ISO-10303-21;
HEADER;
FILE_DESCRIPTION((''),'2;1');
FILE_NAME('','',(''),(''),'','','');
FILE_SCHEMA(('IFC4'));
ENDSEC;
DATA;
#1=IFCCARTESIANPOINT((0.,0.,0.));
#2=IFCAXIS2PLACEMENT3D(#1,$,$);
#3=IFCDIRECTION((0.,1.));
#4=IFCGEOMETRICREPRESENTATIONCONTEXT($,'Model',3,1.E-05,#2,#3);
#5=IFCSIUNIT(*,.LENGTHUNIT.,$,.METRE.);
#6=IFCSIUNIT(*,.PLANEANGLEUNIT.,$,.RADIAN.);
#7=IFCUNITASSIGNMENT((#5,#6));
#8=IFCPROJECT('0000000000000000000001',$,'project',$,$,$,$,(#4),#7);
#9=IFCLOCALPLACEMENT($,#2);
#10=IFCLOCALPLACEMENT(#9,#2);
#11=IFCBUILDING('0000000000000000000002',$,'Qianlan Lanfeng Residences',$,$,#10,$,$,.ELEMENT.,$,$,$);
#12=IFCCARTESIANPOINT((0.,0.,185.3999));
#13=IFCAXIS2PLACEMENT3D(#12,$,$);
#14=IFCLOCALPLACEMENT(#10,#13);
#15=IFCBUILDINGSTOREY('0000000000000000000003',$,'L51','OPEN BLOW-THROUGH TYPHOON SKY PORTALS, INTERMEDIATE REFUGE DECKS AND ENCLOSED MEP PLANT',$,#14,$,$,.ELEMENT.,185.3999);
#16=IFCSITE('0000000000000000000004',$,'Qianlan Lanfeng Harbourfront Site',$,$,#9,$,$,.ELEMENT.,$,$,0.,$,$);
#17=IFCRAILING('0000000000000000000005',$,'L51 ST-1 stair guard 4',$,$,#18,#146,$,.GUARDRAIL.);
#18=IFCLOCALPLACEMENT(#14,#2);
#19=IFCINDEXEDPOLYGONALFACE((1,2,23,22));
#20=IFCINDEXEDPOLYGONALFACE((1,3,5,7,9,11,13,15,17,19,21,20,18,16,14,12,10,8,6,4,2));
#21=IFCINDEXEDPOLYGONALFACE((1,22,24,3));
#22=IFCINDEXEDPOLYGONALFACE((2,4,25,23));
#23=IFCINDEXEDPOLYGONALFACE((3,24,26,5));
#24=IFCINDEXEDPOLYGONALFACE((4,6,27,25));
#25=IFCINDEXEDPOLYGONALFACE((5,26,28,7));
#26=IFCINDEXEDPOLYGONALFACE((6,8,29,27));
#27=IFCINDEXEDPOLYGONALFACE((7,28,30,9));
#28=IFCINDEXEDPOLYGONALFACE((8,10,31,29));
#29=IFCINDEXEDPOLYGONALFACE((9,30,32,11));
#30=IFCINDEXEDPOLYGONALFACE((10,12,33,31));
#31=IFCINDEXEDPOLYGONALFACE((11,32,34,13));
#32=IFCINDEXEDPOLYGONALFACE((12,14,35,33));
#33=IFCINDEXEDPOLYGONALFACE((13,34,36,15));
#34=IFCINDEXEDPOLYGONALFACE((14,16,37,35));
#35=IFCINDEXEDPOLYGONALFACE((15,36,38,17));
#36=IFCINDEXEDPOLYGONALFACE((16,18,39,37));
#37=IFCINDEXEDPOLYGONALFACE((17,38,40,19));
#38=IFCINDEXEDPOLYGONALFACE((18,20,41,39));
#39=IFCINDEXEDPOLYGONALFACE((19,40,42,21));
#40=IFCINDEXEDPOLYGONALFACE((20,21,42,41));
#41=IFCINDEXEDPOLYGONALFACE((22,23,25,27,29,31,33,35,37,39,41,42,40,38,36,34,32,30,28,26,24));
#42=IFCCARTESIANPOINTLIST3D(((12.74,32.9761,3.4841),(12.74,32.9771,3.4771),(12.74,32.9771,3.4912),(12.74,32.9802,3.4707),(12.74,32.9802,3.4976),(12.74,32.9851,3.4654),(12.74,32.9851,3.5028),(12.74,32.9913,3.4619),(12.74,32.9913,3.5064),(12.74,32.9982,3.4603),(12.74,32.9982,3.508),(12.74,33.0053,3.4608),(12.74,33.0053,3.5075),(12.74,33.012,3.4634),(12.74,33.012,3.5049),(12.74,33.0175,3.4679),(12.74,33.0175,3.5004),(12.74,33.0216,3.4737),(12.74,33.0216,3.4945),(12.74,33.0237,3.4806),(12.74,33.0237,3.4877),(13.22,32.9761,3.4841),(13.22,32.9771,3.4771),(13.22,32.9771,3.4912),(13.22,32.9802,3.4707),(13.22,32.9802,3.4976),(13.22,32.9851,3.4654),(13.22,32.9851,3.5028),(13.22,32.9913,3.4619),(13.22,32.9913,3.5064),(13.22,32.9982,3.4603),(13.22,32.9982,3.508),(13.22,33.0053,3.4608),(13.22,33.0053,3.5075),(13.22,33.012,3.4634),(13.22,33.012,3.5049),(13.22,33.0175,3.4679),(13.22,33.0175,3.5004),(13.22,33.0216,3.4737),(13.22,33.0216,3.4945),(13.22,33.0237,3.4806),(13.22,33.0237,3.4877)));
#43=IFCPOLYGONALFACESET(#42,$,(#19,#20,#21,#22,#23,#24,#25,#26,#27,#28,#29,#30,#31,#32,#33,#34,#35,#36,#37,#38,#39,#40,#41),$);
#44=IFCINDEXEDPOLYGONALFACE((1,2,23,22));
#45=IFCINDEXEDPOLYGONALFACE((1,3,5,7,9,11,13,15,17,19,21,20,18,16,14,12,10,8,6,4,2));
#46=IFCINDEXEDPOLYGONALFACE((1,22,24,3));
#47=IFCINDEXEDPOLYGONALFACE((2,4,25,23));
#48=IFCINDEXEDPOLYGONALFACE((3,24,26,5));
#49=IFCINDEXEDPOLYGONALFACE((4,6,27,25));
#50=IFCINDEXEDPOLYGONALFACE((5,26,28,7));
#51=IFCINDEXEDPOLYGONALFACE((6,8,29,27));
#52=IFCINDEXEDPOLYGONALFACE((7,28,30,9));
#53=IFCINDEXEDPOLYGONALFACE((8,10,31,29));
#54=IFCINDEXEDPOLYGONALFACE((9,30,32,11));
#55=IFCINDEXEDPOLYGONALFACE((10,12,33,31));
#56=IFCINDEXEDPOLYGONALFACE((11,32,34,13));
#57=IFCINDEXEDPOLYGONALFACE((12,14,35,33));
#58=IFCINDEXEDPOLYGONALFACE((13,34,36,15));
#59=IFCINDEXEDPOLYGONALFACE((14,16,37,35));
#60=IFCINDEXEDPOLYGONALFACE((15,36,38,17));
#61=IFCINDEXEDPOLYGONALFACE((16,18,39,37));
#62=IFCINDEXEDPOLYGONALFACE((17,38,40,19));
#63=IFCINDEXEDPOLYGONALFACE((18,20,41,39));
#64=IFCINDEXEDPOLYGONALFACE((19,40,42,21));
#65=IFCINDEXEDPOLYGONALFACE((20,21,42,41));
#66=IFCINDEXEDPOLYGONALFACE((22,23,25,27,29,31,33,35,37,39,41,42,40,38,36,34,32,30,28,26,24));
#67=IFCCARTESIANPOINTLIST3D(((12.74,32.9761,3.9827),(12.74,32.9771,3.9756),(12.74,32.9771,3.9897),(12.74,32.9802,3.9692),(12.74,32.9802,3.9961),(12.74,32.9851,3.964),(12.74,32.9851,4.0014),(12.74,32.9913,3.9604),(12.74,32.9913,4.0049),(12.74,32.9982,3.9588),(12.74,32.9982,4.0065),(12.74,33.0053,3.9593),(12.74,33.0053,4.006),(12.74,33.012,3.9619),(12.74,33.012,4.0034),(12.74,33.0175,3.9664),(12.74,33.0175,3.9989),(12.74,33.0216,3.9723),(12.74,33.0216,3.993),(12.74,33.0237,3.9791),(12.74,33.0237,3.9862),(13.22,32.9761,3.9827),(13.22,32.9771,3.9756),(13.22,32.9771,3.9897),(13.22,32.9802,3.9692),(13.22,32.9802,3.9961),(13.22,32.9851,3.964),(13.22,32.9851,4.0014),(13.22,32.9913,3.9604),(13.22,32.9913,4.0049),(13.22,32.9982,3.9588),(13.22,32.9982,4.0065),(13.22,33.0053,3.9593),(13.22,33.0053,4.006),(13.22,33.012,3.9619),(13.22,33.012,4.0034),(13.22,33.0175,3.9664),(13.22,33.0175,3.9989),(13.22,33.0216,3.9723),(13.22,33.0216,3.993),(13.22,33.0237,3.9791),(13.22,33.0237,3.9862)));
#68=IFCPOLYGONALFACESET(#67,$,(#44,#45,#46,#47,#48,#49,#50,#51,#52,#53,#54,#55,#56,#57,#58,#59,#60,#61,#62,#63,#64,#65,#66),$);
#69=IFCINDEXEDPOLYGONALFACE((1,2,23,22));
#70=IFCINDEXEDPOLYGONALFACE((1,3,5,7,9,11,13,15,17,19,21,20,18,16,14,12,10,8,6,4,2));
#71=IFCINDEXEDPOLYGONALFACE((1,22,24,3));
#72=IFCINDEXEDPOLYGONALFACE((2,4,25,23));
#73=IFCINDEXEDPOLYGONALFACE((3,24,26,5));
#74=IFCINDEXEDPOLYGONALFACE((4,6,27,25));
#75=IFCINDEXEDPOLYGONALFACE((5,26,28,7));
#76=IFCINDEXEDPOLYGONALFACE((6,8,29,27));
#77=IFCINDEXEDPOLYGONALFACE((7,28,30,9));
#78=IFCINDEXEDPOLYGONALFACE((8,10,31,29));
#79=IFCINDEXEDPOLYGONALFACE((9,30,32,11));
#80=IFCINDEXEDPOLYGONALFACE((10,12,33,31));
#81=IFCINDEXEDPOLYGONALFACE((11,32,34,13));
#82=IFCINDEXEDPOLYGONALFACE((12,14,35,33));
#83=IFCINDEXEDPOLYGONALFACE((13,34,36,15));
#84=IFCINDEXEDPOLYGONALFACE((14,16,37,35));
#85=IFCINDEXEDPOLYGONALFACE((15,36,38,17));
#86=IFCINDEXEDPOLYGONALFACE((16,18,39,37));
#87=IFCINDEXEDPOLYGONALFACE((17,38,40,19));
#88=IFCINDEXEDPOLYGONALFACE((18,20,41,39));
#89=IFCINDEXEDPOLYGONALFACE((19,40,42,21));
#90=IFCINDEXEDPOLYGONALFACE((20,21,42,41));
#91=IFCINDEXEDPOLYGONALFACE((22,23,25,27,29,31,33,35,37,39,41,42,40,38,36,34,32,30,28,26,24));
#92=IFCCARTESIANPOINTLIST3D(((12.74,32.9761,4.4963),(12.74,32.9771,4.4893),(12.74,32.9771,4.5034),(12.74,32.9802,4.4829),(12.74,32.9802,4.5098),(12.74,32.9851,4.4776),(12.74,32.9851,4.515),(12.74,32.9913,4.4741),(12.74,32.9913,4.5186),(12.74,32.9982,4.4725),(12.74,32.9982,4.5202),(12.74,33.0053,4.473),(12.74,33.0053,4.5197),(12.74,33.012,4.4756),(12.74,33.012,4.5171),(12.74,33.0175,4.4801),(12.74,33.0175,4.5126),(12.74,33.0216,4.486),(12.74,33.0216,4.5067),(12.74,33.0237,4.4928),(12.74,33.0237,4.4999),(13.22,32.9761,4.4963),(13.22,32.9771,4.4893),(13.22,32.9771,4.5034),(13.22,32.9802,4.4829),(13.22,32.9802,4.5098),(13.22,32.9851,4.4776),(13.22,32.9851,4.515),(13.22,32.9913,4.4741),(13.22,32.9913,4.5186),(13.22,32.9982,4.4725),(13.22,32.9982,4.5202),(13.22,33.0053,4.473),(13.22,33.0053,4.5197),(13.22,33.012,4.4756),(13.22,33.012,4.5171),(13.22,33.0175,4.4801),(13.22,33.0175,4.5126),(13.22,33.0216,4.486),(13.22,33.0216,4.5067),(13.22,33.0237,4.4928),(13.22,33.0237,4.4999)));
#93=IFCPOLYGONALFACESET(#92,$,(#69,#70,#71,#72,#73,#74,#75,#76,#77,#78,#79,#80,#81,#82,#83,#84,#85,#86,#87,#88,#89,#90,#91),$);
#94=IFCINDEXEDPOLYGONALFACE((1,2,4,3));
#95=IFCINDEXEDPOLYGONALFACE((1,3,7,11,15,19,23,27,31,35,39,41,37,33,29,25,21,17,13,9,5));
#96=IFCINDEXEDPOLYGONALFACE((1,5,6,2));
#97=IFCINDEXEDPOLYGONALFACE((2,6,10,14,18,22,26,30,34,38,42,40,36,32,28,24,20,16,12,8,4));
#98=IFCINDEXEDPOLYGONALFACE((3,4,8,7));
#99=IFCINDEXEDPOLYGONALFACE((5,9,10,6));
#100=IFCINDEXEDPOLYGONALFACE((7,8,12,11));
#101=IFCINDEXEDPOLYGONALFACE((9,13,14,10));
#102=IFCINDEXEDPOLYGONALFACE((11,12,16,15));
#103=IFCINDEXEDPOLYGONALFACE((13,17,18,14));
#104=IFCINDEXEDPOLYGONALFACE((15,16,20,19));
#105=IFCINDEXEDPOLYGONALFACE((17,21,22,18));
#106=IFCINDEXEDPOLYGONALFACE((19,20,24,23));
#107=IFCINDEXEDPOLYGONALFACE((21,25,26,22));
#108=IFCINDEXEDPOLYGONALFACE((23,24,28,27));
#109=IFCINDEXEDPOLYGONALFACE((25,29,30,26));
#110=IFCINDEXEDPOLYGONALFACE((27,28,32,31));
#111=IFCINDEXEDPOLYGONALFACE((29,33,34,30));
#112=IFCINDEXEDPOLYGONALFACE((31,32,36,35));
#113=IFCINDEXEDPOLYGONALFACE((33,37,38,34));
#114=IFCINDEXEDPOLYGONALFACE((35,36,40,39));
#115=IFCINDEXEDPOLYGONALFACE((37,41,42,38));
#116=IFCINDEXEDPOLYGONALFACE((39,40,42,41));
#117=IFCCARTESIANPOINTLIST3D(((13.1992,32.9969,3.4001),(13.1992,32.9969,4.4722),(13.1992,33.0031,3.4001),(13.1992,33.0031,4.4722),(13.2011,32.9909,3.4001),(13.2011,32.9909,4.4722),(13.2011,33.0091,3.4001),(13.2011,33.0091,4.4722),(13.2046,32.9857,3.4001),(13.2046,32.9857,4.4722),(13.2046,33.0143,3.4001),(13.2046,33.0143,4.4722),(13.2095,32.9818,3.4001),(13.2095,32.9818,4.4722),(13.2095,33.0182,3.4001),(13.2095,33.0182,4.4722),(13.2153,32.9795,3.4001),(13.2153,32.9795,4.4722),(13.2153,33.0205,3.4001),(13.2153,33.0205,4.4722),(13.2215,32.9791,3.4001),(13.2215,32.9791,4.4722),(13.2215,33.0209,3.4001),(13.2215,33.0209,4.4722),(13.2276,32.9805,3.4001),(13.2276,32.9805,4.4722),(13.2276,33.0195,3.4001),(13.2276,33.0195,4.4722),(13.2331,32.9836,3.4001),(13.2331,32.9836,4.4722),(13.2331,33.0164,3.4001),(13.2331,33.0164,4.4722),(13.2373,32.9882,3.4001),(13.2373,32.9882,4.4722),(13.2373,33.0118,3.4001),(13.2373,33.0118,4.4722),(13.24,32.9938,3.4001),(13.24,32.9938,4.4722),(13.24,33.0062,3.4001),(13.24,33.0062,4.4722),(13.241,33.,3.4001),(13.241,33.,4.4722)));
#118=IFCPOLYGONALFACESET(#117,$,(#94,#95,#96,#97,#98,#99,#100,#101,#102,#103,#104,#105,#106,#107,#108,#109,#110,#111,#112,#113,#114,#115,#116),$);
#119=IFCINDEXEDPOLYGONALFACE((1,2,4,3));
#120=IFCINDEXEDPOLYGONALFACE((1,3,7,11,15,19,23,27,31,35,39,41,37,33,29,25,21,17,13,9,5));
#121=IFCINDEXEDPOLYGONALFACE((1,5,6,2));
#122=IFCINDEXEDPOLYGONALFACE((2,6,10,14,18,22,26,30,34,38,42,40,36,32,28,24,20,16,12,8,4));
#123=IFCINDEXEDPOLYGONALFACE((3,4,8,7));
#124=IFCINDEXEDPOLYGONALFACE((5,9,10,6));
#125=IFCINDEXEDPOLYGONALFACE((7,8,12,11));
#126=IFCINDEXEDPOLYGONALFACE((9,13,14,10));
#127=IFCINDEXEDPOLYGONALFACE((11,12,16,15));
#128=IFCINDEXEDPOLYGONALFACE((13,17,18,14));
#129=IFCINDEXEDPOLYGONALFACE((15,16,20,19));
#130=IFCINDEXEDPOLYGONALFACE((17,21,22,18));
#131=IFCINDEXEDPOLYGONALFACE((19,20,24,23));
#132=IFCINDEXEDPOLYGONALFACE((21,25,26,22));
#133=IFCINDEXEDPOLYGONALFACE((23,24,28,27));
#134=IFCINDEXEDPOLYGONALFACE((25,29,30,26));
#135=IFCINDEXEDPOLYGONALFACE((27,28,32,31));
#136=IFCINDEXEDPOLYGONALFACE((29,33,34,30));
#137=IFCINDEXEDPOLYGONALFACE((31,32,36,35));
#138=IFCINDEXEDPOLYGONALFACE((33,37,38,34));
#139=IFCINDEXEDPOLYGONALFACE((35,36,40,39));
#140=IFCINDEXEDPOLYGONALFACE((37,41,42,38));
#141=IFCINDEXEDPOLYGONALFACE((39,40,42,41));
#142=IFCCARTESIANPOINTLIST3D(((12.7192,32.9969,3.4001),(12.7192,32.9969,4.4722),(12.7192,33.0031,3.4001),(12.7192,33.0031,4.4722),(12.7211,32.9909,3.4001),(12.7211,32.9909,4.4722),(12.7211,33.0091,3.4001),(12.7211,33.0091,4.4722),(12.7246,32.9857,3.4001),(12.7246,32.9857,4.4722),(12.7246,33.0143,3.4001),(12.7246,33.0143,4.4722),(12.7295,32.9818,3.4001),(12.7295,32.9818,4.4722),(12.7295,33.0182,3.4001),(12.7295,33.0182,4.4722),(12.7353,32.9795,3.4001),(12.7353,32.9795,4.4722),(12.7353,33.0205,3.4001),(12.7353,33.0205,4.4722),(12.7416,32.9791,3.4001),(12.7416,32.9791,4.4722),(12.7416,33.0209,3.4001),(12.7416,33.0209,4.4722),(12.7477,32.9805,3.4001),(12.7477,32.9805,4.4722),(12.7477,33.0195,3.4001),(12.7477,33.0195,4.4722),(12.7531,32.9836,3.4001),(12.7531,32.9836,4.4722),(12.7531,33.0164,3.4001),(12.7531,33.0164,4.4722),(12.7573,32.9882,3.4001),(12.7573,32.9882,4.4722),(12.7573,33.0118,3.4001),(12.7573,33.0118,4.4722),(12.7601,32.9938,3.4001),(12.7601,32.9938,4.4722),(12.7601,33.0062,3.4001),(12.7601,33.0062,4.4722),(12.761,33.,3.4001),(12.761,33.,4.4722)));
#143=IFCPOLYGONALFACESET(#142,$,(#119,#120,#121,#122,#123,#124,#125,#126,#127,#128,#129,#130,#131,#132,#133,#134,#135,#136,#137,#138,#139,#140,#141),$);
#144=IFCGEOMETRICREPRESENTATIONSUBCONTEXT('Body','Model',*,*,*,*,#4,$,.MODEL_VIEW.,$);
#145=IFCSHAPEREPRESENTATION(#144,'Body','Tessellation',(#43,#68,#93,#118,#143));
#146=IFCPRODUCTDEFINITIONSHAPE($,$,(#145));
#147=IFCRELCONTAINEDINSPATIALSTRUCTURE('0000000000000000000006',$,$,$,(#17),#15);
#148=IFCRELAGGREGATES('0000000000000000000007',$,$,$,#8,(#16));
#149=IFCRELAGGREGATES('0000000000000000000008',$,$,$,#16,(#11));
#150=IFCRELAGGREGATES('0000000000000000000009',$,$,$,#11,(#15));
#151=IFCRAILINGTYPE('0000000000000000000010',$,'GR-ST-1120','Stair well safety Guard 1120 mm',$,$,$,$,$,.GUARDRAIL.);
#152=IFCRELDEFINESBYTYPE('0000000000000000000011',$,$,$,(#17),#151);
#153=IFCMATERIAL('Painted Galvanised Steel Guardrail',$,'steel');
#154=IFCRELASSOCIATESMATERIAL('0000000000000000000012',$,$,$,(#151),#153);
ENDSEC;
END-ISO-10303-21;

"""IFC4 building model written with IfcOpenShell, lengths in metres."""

from ifc_helpers import new_model, si_unit, direction, frame, origin, origin_2d, place, context, subcontext, project, spatial, circle, extrude, material, type_object, element, save


model = new_model("IFC4")

# Units and contexts
model_context = context("Model", 3, precision=1e-05, world=origin(), true_north=direction((0.0, 1.0)))
body_context = subcontext(model_context, "Body", "Model", "MODEL_VIEW")
ifc_project = project(units=[si_unit("LENGTHUNIT", "METRE"), si_unit("PLANEANGLEUNIT", "RADIAN")], contexts=[model_context])

# Site, building, storey
site_placement = place(None, origin())
site = spatial("IfcSite", under=ifc_project, at=site_placement, Name="Qianlan Lanfeng Harbourfront Site", CompositionType="ELEMENT", RefElevation=0.0)
building_placement = place(site_placement, origin())
building = spatial("IfcBuilding", under=site, at=building_placement, Name="Qianlan Lanfeng Residences", CompositionType="ELEMENT")
storey_placement = place(building_placement, frame((0.0, 0.0, 185.3999)))
storey = spatial("IfcBuildingStorey", under=building, at=storey_placement, Name="L51", Description="OPEN BLOW-THROUGH TYPHOON SKY PORTALS, INTERMEDIATE REFUGE DECKS AND ENCLOSED MEP PLANT", CompositionType="ELEMENT", Elevation=185.3999)

# Railing
ifc_material_1 = material(Name="Painted Galvanised Steel Guardrail", Category="steel")
railing_type_1 = type_object("IfcRailingType", Name="GR-ST-1120", Description="Stair well safety Guard 1120 mm", PredefinedType="GUARDRAIL", material=ifc_material_1)
for number, where, name in (
    (1, (13.22, 33.0, 3.4001), "L51 ST-1 stair guard 4"),
):
    element("IfcRailing", number, at=place(storey_placement, frame(where)), inside=storey, type_object=railing_type_1, Name=name, PredefinedType="GUARDRAIL", context=body_context, shape_type="SweptSolid", body=[
        extrude(circle(Radius=0.0239, at=origin_2d()), frame((0.0, 0.0, 0.084), z_axis=(-1.0, 0.0, 0.0), x_axis=(0.0, -1.0, 0.0)), (0.0, 0.0, 1.0), 0.48),
        extrude(circle(Radius=0.0239, at=origin_2d()), frame((0.0, 0.0, 0.5825), z_axis=(-1.0, 0.0, 0.0), x_axis=(0.0, -1.0, 0.0)), (0.0, 0.0, 1.0), 0.48),
        extrude(circle(Radius=0.0239, at=origin_2d()), frame((0.0, 0.0, 1.0962), z_axis=(-1.0, 0.0, 0.0), x_axis=(0.0, -1.0, 0.0)), (0.0, 0.0, 1.0), 0.48),
        extrude(circle(Radius=0.021, at=origin_2d()), origin(), (0.0, 0.0, 1.0), 1.072),
        extrude(circle(Radius=0.021, at=origin_2d()), frame((-0.48, 0.0, 0.0)), (0.0, 0.0, 1.0), 1.072),
    ])

save(model, "model.ifc")
